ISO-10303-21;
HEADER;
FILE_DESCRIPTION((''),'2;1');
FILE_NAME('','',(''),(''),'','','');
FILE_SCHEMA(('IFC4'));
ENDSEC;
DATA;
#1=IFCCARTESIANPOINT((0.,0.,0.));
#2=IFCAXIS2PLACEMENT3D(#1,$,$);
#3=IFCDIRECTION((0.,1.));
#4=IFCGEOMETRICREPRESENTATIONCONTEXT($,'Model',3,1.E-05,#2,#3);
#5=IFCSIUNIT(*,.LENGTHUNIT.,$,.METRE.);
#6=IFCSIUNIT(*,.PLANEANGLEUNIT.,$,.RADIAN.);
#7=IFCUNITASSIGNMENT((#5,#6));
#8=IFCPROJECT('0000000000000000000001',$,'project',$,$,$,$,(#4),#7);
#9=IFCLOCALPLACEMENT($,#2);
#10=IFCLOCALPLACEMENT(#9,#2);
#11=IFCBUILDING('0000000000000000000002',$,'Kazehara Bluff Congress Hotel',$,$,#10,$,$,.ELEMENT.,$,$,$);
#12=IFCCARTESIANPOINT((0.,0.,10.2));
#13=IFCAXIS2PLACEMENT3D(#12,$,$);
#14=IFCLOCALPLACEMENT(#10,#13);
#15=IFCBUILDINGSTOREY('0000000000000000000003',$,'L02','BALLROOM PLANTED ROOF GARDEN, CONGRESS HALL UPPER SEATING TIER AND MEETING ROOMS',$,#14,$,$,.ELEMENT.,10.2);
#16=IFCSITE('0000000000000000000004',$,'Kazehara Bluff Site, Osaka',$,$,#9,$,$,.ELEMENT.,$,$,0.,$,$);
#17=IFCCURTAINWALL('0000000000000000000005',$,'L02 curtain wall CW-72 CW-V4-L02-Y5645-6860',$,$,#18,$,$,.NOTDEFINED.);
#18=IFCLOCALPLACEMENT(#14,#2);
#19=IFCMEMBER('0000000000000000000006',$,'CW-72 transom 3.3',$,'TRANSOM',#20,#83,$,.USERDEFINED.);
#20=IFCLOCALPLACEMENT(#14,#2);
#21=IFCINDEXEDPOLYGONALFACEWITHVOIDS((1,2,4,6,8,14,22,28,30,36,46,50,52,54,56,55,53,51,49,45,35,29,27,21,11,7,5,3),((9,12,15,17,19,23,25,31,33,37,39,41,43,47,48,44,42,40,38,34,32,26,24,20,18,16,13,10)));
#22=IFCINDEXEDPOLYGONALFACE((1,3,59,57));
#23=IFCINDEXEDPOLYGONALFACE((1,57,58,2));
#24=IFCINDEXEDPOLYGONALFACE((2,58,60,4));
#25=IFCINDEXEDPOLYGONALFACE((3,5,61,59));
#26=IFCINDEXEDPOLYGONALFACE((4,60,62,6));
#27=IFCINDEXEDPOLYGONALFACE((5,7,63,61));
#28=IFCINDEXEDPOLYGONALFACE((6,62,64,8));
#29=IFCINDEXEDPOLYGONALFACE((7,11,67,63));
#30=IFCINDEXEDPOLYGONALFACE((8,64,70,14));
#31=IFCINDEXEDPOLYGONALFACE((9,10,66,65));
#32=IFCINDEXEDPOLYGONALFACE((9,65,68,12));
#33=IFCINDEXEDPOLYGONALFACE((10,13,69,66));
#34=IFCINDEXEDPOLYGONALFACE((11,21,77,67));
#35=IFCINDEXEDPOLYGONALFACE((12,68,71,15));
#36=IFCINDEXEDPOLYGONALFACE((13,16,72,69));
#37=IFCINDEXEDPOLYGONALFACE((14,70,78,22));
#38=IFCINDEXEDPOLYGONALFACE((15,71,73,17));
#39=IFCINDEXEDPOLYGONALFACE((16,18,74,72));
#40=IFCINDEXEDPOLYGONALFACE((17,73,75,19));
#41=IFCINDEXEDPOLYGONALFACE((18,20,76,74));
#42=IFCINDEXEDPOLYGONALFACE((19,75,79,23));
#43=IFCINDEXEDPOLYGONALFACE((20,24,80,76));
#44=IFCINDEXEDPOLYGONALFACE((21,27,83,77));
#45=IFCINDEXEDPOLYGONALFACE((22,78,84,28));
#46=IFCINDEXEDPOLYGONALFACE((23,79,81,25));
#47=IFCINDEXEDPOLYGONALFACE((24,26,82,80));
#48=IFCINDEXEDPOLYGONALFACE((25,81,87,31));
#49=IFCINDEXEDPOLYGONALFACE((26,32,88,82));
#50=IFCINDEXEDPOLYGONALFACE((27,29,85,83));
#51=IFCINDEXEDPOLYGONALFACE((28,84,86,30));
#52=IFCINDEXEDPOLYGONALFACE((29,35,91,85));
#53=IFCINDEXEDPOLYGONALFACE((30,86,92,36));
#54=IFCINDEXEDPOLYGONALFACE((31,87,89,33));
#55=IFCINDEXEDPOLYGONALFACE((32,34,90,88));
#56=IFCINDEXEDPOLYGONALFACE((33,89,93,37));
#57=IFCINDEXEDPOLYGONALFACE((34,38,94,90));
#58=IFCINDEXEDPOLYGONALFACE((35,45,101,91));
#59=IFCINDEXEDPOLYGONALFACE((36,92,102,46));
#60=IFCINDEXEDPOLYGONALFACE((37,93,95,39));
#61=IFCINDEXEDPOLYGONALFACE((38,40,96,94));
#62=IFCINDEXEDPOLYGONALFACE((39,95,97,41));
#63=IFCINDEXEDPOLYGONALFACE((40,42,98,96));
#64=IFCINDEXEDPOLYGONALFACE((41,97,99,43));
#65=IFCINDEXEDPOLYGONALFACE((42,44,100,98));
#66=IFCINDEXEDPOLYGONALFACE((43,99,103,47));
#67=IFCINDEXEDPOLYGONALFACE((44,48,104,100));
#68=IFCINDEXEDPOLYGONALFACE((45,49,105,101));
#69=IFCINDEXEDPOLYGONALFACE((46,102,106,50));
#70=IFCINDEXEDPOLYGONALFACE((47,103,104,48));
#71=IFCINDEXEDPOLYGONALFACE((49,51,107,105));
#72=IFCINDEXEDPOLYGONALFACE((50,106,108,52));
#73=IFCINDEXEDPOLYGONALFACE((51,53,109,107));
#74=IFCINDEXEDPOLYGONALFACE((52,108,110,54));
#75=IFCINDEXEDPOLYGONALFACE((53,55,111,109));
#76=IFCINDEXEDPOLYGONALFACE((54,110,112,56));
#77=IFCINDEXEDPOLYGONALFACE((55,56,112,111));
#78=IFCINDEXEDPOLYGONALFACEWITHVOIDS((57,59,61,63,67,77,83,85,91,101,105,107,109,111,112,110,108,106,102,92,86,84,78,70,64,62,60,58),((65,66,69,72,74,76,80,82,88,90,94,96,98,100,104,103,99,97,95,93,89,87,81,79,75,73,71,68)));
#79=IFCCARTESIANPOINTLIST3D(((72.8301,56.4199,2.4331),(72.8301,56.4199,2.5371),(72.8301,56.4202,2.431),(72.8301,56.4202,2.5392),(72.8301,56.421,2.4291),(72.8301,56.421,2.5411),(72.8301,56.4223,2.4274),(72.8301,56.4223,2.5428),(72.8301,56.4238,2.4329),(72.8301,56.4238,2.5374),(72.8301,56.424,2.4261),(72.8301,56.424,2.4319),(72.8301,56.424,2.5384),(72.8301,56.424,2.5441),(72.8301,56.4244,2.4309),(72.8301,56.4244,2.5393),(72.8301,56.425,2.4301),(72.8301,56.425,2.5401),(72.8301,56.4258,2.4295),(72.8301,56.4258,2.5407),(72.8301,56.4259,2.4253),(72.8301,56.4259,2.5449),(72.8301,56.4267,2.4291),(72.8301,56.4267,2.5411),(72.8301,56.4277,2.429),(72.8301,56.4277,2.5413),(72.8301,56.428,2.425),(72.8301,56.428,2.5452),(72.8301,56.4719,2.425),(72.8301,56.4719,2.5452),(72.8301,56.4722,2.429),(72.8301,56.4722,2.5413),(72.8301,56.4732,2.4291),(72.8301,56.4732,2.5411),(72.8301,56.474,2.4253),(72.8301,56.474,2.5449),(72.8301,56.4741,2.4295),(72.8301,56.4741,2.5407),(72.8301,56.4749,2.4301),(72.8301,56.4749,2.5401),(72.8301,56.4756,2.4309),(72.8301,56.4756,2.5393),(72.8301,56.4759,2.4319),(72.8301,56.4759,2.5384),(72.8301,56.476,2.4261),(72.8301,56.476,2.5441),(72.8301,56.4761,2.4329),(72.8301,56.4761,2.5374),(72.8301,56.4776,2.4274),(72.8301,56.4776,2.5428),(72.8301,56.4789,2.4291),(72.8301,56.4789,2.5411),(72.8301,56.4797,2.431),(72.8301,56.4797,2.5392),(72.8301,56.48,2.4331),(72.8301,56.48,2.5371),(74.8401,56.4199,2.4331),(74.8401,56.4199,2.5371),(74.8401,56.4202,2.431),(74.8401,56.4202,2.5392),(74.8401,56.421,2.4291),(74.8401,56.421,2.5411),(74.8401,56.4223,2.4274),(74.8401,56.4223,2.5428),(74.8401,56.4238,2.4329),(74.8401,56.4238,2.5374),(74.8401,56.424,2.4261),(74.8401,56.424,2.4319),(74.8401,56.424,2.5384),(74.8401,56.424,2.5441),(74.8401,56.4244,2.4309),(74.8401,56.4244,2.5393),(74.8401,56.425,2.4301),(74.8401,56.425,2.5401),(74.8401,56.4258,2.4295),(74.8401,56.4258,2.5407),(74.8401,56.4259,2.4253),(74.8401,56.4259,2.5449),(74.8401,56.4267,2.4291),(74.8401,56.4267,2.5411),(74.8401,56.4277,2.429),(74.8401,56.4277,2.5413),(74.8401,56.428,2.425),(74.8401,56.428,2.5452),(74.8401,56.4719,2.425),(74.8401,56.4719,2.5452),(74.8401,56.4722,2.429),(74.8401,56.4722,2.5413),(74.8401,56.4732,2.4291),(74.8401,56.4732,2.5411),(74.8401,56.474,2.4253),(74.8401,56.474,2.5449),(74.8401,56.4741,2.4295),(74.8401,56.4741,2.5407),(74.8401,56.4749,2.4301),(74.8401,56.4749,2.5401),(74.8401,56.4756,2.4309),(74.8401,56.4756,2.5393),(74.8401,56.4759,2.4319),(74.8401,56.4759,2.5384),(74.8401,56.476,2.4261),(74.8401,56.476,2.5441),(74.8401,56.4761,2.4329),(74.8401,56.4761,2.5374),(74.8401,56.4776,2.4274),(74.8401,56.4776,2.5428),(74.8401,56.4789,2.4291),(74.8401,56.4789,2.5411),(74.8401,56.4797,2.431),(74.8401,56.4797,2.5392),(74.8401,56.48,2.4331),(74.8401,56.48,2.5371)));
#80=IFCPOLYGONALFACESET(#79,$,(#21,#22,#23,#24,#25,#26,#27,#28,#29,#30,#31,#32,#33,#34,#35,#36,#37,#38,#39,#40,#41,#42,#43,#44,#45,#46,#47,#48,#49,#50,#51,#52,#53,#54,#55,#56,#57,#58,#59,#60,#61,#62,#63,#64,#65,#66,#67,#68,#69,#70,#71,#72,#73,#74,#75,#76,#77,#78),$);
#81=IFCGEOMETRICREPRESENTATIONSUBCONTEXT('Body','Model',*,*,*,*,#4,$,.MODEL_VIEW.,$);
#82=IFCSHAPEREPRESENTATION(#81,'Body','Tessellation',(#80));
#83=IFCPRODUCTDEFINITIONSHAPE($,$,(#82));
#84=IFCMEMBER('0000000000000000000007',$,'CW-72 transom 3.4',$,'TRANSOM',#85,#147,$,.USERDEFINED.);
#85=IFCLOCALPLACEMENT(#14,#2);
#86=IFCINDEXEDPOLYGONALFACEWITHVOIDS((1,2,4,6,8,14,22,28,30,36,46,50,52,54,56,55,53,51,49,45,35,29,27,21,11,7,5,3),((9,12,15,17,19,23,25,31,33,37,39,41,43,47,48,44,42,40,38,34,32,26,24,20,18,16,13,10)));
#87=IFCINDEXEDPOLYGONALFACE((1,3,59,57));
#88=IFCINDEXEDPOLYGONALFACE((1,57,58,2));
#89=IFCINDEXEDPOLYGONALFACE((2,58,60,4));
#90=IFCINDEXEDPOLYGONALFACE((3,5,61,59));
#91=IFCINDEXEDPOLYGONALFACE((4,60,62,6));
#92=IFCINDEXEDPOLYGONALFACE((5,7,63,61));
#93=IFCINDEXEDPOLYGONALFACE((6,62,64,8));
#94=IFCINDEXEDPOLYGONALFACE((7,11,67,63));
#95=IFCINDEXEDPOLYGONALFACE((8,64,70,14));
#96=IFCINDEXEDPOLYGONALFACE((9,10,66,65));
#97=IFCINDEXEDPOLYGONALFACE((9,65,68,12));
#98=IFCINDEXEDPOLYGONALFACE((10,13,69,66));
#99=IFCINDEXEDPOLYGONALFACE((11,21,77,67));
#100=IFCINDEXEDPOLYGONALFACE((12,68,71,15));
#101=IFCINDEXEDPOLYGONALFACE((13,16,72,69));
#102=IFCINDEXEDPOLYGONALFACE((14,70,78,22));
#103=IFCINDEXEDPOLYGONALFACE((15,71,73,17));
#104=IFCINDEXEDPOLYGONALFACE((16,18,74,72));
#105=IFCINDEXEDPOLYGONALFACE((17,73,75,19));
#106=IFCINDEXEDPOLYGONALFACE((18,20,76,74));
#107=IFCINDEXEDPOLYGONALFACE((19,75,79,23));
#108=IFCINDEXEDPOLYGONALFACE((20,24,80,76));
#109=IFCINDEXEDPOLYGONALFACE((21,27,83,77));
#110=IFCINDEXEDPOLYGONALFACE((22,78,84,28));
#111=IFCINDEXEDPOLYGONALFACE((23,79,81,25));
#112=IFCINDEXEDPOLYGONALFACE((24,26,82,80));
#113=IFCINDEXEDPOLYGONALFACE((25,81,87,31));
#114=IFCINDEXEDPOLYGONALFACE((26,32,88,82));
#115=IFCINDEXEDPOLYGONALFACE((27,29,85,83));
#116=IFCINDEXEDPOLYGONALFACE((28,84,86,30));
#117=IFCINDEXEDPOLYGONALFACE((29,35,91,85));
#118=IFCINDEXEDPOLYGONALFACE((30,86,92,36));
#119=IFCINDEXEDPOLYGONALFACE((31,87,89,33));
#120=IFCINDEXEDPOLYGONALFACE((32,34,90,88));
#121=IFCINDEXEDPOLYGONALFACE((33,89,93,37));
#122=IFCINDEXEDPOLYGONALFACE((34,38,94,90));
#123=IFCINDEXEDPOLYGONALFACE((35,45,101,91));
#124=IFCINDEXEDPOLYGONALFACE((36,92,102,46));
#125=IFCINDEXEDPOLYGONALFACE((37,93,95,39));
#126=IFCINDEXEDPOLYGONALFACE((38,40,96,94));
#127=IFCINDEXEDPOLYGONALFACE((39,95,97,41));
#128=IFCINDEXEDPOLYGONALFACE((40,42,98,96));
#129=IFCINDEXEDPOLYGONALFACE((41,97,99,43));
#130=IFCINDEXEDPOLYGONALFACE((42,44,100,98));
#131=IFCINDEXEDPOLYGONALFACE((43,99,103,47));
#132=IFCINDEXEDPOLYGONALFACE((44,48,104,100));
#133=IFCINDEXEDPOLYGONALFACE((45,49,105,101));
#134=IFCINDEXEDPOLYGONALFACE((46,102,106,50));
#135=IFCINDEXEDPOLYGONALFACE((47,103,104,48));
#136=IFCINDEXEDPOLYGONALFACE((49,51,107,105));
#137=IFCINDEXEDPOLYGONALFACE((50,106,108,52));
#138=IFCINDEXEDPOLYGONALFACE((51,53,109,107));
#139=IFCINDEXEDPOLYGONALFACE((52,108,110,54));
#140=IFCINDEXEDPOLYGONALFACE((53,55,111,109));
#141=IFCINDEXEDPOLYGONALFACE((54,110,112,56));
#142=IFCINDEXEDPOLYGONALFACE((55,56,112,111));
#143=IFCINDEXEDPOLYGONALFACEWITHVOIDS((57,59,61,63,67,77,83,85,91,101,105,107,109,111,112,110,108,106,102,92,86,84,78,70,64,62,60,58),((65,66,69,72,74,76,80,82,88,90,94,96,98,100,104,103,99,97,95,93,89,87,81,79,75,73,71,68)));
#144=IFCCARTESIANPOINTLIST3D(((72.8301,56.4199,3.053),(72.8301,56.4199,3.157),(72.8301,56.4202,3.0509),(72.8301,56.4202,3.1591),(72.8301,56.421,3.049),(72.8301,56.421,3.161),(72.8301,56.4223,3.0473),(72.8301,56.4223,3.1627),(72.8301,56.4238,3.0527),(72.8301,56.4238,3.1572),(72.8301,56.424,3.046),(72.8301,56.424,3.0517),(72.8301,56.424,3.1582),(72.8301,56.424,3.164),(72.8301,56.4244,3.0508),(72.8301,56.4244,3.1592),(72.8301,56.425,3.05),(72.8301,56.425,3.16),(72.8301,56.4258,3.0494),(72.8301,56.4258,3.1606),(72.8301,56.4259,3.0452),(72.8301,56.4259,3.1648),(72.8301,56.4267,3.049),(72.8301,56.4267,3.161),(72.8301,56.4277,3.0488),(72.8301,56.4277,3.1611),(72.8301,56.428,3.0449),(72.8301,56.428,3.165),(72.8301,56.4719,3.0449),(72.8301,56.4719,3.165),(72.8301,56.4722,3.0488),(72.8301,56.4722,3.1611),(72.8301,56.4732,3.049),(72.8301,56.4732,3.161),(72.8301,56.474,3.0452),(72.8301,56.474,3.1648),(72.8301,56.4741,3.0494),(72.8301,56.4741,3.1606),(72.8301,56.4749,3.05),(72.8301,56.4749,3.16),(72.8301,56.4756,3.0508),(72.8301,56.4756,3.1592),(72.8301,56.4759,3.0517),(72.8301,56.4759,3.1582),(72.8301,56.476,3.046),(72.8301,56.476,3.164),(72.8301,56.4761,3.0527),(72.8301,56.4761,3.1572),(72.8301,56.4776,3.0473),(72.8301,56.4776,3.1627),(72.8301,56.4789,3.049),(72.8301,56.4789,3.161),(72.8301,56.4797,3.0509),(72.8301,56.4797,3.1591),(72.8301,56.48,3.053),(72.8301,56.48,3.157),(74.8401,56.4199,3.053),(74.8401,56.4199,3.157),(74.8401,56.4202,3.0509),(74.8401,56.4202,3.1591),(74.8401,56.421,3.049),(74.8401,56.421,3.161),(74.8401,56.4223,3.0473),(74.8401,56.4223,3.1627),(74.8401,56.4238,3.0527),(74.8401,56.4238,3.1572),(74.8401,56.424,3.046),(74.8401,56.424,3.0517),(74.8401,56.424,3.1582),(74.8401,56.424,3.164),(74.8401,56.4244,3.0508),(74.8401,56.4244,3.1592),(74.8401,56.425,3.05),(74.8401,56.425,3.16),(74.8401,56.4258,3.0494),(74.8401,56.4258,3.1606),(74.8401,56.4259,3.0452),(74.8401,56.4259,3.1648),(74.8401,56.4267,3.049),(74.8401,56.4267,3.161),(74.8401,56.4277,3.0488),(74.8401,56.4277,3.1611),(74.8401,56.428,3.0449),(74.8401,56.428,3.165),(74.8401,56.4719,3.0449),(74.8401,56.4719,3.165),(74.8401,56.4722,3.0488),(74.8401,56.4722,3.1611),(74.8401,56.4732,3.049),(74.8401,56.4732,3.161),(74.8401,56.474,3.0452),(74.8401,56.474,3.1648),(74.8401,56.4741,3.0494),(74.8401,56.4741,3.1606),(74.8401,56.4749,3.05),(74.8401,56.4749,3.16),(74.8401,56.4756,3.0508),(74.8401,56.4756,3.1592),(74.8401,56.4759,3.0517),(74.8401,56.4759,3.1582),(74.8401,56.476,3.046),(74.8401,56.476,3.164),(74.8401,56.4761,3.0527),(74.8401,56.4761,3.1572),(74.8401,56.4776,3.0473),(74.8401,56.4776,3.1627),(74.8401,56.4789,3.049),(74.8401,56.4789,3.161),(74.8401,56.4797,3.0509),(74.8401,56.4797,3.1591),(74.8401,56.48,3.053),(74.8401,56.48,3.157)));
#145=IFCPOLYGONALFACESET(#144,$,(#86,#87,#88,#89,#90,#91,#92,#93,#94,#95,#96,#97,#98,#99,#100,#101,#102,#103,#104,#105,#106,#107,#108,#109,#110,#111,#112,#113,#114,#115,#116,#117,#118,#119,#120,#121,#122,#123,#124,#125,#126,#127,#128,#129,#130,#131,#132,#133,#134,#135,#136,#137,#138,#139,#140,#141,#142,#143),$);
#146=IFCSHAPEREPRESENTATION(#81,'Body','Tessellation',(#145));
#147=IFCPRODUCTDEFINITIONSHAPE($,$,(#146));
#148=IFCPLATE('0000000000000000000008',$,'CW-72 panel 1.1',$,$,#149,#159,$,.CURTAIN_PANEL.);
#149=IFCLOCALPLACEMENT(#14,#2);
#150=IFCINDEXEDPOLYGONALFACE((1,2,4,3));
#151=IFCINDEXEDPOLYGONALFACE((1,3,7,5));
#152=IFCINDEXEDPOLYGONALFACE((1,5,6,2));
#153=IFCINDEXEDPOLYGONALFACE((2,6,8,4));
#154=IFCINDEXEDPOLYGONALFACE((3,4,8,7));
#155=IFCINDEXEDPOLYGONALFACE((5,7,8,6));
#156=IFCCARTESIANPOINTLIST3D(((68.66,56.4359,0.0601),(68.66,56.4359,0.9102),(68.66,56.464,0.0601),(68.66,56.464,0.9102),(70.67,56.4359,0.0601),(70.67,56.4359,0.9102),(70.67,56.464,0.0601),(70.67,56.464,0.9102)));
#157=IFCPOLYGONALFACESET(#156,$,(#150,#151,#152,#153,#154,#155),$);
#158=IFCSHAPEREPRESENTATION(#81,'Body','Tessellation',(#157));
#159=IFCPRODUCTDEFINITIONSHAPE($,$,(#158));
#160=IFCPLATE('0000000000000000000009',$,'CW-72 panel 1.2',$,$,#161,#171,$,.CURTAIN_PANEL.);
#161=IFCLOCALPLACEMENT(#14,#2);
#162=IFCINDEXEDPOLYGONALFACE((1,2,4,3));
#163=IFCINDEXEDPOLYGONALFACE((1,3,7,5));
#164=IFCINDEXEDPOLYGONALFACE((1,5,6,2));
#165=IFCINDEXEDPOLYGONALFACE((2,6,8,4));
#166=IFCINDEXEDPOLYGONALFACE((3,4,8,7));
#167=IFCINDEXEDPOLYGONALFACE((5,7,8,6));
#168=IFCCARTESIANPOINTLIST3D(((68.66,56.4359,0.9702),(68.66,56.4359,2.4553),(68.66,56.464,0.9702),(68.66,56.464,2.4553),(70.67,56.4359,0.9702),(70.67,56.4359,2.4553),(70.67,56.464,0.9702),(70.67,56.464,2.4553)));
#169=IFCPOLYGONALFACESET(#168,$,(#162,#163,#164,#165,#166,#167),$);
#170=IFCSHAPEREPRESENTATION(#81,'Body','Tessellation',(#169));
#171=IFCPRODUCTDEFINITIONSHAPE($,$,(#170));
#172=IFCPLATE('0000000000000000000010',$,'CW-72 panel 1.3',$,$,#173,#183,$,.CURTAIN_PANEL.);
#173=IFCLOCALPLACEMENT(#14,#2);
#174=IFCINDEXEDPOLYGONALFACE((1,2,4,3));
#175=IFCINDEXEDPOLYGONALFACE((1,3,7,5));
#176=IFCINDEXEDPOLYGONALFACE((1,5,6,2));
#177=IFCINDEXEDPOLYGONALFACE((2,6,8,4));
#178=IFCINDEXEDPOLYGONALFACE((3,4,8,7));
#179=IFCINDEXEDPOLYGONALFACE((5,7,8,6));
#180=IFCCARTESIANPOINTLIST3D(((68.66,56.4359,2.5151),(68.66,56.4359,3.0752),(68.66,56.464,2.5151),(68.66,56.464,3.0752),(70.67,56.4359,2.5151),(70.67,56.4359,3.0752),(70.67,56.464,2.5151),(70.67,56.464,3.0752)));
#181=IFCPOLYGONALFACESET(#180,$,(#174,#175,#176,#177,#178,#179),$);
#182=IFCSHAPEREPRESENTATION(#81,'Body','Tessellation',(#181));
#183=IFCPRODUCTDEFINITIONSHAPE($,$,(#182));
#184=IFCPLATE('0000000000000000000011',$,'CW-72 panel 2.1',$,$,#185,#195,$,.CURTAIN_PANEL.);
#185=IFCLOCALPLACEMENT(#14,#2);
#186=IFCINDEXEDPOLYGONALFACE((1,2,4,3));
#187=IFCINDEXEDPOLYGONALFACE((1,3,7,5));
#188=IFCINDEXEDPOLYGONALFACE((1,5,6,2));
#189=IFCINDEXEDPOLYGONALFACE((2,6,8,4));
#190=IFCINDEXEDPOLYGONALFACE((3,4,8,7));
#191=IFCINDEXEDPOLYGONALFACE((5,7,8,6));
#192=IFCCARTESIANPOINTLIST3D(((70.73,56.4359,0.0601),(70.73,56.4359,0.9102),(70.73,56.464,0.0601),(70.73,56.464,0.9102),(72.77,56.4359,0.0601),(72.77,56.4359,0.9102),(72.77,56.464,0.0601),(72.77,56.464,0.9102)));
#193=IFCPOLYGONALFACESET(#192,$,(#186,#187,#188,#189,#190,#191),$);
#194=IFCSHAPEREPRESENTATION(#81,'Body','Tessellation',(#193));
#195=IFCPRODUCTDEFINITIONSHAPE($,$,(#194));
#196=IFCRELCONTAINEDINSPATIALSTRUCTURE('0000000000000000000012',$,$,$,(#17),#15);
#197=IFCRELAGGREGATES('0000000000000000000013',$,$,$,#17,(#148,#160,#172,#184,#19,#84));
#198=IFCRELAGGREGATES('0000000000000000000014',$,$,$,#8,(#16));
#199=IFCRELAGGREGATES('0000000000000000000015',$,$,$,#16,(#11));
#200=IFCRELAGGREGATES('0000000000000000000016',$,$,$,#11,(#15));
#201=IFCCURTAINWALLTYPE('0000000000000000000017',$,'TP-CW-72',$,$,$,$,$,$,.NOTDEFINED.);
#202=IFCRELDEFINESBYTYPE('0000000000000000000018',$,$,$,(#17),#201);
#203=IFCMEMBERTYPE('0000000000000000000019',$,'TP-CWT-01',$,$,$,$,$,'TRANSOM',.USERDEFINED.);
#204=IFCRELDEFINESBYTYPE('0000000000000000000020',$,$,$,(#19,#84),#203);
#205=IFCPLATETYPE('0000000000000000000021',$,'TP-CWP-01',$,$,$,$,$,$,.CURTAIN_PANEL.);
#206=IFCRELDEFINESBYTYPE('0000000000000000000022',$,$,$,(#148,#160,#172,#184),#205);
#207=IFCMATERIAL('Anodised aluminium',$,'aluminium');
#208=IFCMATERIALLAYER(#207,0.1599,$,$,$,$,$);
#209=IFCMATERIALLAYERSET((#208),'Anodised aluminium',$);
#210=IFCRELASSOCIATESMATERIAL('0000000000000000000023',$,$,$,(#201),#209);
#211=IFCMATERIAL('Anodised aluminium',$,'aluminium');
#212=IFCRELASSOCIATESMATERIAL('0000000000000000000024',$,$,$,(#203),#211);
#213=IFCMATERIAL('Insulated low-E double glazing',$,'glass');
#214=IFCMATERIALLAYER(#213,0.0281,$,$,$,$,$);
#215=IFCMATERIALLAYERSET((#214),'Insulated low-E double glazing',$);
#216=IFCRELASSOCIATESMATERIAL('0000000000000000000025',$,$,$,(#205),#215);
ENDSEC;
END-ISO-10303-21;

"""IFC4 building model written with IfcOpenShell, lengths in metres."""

from ifc_helpers import new_model, si_unit, direction, frame, origin, origin_2d, place, context, subcontext, project, spatial, rectangle, hollow_rectangle, extrude, material, layer, layer_set, material_profile, profile_set, type_object, element, aggregate, save


model = new_model("IFC4")

# Units and contexts
model_context = context("Model", 3, precision=1e-05, world=origin(), true_north=direction((0.0, 1.0)))
body_context = subcontext(model_context, "Body", "Model", "MODEL_VIEW")
ifc_project = project(units=[si_unit("LENGTHUNIT", "METRE"), si_unit("PLANEANGLEUNIT", "RADIAN")], contexts=[model_context])

# Site, building, storey
site_placement = place(None, origin())
site = spatial("IfcSite", under=ifc_project, at=site_placement, Name="Kazehara Bluff Site, Osaka", CompositionType="ELEMENT", RefElevation=0.0)
building_placement = place(site_placement, origin())
building = spatial("IfcBuilding", under=site, at=building_placement, Name="Kazehara Bluff Congress Hotel", CompositionType="ELEMENT")
storey_placement = place(building_placement, frame((0.0, 0.0, 10.2)))
storey = spatial("IfcBuildingStorey", under=building, at=storey_placement, Name="L02", Description="BALLROOM PLANTED ROOF GARDEN, CONGRESS HALL UPPER SEATING TIER AND MEETING ROOMS", CompositionType="ELEMENT", Elevation=10.2)

# Curtain wall, members, plates
ifc_material_1 = material(Name="Anodised aluminium", Category="aluminium")
ifc_layer_1 = layer(ifc_material_1, 0.1599)
ifc_layer_set_1 = layer_set([ifc_layer_1], Name="Anodised aluminium")
curtain_wall_type = type_object("IfcCurtainWallType", Name="TP-CW-72", PredefinedType="NOTDEFINED", material=ifc_layer_set_1)
curtain_wall_placement = place(storey_placement, origin())
curtain_wall = element("IfcCurtainWall", 1, at=curtain_wall_placement, inside=storey, type_object=curtain_wall_type, Name="L02 curtain wall CW-72 CW-V4-L02-Y5645-6860", PredefinedType="NOTDEFINED")
ifc_material_2 = material(Name="Anodised aluminium", Category="aluminium")
ifc_material_profile_1 = material_profile(ifc_material_2, hollow_rectangle(XDim=0.0601, YDim=0.1201, WallThickness=0.0039, InnerFilletRadius=0.0039, OuterFilletRadius=0.0081, at=origin_2d()))
ifc_profile_set_1 = profile_set([ifc_material_profile_1], Name="Anodised aluminium")
member_type_1 = type_object("IfcMemberType", Name="TP-CWT-01", ElementType="TRANSOM", PredefinedType="USERDEFINED", material=ifc_profile_set_1)
member_1_placement = place(storey_placement, frame((72.8301, 56.45, 2.4851), z_axis=(1.0, 0.0, 0.0), x_axis=(0.0, 1.0, 0.0)))
member_1 = element("IfcMember", 2, at=member_1_placement, type_object=member_type_1, Name="CW-72 transom 3.3", ObjectType="TRANSOM", PredefinedType="USERDEFINED", context=body_context, shape_type="SweptSolid", body=[
    extrude(hollow_rectangle(XDim=0.0601, YDim=0.1201, WallThickness=0.0039, InnerFilletRadius=0.0039, OuterFilletRadius=0.0081, at=origin_2d()), origin(), (0.0, 0.0, 1.0), 2.01),
])
member_2_placement = place(storey_placement, frame((72.8301, 56.45, 3.105), z_axis=(1.0, 0.0, 0.0), x_axis=(0.0, 1.0, 0.0)))
member_2 = element("IfcMember", 3, at=member_2_placement, type_object=member_type_1, Name="CW-72 transom 3.4", ObjectType="TRANSOM", PredefinedType="USERDEFINED", context=body_context, shape_type="SweptSolid", body=[
    extrude(hollow_rectangle(XDim=0.0601, YDim=0.1201, WallThickness=0.0039, InnerFilletRadius=0.0039, OuterFilletRadius=0.0081, at=origin_2d()), origin(), (0.0, 0.0, 1.0), 2.01),
])
ifc_material_3 = material(Name="Insulated low-E double glazing", Category="glass")
ifc_layer_2 = layer(ifc_material_3, 0.0281)
ifc_layer_set_2 = layer_set([ifc_layer_2], Name="Insulated low-E double glazing")
plate_type = type_object("IfcPlateType", Name="TP-CWP-01", PredefinedType="CURTAIN_PANEL", material=ifc_layer_set_2)
plate_1_placement = place(storey_placement, frame((69.665, 56.45, 0.0601), z_axis=(0.0, 0.0, 1.0), x_axis=(1.0, 0.0, 0.0)))
plate_1 = element("IfcPlate", 4, at=plate_1_placement, type_object=plate_type, Name="CW-72 panel 1.1", PredefinedType="CURTAIN_PANEL", context=body_context, shape_type="SweptSolid", body=[
    extrude(rectangle(XDim=2.01, YDim=0.0281, at=origin_2d()), origin(), (0.0, 0.0, 1.0), 0.8501),
])
plate_2_placement = place(storey_placement, frame((69.665, 56.45, 0.9702), z_axis=(0.0, 0.0, 1.0), x_axis=(1.0, 0.0, 0.0)))
plate_2 = element("IfcPlate", 5, at=plate_2_placement, type_object=plate_type, Name="CW-72 panel 1.2", PredefinedType="CURTAIN_PANEL", context=body_context, shape_type="SweptSolid", body=[
    extrude(rectangle(XDim=2.01, YDim=0.0281, at=origin_2d()), origin(), (0.0, 0.0, 1.0), 1.4851),
])
plate_3_placement = place(storey_placement, frame((69.665, 56.45, 2.5151), z_axis=(0.0, 0.0, 1.0), x_axis=(1.0, 0.0, 0.0)))
plate_3 = element("IfcPlate", 6, at=plate_3_placement, type_object=plate_type, Name="CW-72 panel 1.3", PredefinedType="CURTAIN_PANEL", context=body_context, shape_type="SweptSolid", body=[
    extrude(rectangle(XDim=2.01, YDim=0.0281, at=origin_2d()), origin(), (0.0, 0.0, 1.0), 0.5601),
])
plate_4_placement = place(storey_placement, frame((71.75, 56.45, 0.0601), z_axis=(0.0, 0.0, 1.0), x_axis=(1.0, 0.0, 0.0)))
plate_4 = element("IfcPlate", 7, at=plate_4_placement, type_object=plate_type, Name="CW-72 panel 2.1", PredefinedType="CURTAIN_PANEL", context=body_context, shape_type="SweptSolid", body=[
    extrude(rectangle(XDim=2.04, YDim=0.0281, at=origin_2d()), origin(), (0.0, 0.0, 1.0), 0.8501),
])
aggregate(curtain_wall, [plate_1, plate_2, plate_3, plate_4, member_1, member_2])

save(model, "model.ifc")
